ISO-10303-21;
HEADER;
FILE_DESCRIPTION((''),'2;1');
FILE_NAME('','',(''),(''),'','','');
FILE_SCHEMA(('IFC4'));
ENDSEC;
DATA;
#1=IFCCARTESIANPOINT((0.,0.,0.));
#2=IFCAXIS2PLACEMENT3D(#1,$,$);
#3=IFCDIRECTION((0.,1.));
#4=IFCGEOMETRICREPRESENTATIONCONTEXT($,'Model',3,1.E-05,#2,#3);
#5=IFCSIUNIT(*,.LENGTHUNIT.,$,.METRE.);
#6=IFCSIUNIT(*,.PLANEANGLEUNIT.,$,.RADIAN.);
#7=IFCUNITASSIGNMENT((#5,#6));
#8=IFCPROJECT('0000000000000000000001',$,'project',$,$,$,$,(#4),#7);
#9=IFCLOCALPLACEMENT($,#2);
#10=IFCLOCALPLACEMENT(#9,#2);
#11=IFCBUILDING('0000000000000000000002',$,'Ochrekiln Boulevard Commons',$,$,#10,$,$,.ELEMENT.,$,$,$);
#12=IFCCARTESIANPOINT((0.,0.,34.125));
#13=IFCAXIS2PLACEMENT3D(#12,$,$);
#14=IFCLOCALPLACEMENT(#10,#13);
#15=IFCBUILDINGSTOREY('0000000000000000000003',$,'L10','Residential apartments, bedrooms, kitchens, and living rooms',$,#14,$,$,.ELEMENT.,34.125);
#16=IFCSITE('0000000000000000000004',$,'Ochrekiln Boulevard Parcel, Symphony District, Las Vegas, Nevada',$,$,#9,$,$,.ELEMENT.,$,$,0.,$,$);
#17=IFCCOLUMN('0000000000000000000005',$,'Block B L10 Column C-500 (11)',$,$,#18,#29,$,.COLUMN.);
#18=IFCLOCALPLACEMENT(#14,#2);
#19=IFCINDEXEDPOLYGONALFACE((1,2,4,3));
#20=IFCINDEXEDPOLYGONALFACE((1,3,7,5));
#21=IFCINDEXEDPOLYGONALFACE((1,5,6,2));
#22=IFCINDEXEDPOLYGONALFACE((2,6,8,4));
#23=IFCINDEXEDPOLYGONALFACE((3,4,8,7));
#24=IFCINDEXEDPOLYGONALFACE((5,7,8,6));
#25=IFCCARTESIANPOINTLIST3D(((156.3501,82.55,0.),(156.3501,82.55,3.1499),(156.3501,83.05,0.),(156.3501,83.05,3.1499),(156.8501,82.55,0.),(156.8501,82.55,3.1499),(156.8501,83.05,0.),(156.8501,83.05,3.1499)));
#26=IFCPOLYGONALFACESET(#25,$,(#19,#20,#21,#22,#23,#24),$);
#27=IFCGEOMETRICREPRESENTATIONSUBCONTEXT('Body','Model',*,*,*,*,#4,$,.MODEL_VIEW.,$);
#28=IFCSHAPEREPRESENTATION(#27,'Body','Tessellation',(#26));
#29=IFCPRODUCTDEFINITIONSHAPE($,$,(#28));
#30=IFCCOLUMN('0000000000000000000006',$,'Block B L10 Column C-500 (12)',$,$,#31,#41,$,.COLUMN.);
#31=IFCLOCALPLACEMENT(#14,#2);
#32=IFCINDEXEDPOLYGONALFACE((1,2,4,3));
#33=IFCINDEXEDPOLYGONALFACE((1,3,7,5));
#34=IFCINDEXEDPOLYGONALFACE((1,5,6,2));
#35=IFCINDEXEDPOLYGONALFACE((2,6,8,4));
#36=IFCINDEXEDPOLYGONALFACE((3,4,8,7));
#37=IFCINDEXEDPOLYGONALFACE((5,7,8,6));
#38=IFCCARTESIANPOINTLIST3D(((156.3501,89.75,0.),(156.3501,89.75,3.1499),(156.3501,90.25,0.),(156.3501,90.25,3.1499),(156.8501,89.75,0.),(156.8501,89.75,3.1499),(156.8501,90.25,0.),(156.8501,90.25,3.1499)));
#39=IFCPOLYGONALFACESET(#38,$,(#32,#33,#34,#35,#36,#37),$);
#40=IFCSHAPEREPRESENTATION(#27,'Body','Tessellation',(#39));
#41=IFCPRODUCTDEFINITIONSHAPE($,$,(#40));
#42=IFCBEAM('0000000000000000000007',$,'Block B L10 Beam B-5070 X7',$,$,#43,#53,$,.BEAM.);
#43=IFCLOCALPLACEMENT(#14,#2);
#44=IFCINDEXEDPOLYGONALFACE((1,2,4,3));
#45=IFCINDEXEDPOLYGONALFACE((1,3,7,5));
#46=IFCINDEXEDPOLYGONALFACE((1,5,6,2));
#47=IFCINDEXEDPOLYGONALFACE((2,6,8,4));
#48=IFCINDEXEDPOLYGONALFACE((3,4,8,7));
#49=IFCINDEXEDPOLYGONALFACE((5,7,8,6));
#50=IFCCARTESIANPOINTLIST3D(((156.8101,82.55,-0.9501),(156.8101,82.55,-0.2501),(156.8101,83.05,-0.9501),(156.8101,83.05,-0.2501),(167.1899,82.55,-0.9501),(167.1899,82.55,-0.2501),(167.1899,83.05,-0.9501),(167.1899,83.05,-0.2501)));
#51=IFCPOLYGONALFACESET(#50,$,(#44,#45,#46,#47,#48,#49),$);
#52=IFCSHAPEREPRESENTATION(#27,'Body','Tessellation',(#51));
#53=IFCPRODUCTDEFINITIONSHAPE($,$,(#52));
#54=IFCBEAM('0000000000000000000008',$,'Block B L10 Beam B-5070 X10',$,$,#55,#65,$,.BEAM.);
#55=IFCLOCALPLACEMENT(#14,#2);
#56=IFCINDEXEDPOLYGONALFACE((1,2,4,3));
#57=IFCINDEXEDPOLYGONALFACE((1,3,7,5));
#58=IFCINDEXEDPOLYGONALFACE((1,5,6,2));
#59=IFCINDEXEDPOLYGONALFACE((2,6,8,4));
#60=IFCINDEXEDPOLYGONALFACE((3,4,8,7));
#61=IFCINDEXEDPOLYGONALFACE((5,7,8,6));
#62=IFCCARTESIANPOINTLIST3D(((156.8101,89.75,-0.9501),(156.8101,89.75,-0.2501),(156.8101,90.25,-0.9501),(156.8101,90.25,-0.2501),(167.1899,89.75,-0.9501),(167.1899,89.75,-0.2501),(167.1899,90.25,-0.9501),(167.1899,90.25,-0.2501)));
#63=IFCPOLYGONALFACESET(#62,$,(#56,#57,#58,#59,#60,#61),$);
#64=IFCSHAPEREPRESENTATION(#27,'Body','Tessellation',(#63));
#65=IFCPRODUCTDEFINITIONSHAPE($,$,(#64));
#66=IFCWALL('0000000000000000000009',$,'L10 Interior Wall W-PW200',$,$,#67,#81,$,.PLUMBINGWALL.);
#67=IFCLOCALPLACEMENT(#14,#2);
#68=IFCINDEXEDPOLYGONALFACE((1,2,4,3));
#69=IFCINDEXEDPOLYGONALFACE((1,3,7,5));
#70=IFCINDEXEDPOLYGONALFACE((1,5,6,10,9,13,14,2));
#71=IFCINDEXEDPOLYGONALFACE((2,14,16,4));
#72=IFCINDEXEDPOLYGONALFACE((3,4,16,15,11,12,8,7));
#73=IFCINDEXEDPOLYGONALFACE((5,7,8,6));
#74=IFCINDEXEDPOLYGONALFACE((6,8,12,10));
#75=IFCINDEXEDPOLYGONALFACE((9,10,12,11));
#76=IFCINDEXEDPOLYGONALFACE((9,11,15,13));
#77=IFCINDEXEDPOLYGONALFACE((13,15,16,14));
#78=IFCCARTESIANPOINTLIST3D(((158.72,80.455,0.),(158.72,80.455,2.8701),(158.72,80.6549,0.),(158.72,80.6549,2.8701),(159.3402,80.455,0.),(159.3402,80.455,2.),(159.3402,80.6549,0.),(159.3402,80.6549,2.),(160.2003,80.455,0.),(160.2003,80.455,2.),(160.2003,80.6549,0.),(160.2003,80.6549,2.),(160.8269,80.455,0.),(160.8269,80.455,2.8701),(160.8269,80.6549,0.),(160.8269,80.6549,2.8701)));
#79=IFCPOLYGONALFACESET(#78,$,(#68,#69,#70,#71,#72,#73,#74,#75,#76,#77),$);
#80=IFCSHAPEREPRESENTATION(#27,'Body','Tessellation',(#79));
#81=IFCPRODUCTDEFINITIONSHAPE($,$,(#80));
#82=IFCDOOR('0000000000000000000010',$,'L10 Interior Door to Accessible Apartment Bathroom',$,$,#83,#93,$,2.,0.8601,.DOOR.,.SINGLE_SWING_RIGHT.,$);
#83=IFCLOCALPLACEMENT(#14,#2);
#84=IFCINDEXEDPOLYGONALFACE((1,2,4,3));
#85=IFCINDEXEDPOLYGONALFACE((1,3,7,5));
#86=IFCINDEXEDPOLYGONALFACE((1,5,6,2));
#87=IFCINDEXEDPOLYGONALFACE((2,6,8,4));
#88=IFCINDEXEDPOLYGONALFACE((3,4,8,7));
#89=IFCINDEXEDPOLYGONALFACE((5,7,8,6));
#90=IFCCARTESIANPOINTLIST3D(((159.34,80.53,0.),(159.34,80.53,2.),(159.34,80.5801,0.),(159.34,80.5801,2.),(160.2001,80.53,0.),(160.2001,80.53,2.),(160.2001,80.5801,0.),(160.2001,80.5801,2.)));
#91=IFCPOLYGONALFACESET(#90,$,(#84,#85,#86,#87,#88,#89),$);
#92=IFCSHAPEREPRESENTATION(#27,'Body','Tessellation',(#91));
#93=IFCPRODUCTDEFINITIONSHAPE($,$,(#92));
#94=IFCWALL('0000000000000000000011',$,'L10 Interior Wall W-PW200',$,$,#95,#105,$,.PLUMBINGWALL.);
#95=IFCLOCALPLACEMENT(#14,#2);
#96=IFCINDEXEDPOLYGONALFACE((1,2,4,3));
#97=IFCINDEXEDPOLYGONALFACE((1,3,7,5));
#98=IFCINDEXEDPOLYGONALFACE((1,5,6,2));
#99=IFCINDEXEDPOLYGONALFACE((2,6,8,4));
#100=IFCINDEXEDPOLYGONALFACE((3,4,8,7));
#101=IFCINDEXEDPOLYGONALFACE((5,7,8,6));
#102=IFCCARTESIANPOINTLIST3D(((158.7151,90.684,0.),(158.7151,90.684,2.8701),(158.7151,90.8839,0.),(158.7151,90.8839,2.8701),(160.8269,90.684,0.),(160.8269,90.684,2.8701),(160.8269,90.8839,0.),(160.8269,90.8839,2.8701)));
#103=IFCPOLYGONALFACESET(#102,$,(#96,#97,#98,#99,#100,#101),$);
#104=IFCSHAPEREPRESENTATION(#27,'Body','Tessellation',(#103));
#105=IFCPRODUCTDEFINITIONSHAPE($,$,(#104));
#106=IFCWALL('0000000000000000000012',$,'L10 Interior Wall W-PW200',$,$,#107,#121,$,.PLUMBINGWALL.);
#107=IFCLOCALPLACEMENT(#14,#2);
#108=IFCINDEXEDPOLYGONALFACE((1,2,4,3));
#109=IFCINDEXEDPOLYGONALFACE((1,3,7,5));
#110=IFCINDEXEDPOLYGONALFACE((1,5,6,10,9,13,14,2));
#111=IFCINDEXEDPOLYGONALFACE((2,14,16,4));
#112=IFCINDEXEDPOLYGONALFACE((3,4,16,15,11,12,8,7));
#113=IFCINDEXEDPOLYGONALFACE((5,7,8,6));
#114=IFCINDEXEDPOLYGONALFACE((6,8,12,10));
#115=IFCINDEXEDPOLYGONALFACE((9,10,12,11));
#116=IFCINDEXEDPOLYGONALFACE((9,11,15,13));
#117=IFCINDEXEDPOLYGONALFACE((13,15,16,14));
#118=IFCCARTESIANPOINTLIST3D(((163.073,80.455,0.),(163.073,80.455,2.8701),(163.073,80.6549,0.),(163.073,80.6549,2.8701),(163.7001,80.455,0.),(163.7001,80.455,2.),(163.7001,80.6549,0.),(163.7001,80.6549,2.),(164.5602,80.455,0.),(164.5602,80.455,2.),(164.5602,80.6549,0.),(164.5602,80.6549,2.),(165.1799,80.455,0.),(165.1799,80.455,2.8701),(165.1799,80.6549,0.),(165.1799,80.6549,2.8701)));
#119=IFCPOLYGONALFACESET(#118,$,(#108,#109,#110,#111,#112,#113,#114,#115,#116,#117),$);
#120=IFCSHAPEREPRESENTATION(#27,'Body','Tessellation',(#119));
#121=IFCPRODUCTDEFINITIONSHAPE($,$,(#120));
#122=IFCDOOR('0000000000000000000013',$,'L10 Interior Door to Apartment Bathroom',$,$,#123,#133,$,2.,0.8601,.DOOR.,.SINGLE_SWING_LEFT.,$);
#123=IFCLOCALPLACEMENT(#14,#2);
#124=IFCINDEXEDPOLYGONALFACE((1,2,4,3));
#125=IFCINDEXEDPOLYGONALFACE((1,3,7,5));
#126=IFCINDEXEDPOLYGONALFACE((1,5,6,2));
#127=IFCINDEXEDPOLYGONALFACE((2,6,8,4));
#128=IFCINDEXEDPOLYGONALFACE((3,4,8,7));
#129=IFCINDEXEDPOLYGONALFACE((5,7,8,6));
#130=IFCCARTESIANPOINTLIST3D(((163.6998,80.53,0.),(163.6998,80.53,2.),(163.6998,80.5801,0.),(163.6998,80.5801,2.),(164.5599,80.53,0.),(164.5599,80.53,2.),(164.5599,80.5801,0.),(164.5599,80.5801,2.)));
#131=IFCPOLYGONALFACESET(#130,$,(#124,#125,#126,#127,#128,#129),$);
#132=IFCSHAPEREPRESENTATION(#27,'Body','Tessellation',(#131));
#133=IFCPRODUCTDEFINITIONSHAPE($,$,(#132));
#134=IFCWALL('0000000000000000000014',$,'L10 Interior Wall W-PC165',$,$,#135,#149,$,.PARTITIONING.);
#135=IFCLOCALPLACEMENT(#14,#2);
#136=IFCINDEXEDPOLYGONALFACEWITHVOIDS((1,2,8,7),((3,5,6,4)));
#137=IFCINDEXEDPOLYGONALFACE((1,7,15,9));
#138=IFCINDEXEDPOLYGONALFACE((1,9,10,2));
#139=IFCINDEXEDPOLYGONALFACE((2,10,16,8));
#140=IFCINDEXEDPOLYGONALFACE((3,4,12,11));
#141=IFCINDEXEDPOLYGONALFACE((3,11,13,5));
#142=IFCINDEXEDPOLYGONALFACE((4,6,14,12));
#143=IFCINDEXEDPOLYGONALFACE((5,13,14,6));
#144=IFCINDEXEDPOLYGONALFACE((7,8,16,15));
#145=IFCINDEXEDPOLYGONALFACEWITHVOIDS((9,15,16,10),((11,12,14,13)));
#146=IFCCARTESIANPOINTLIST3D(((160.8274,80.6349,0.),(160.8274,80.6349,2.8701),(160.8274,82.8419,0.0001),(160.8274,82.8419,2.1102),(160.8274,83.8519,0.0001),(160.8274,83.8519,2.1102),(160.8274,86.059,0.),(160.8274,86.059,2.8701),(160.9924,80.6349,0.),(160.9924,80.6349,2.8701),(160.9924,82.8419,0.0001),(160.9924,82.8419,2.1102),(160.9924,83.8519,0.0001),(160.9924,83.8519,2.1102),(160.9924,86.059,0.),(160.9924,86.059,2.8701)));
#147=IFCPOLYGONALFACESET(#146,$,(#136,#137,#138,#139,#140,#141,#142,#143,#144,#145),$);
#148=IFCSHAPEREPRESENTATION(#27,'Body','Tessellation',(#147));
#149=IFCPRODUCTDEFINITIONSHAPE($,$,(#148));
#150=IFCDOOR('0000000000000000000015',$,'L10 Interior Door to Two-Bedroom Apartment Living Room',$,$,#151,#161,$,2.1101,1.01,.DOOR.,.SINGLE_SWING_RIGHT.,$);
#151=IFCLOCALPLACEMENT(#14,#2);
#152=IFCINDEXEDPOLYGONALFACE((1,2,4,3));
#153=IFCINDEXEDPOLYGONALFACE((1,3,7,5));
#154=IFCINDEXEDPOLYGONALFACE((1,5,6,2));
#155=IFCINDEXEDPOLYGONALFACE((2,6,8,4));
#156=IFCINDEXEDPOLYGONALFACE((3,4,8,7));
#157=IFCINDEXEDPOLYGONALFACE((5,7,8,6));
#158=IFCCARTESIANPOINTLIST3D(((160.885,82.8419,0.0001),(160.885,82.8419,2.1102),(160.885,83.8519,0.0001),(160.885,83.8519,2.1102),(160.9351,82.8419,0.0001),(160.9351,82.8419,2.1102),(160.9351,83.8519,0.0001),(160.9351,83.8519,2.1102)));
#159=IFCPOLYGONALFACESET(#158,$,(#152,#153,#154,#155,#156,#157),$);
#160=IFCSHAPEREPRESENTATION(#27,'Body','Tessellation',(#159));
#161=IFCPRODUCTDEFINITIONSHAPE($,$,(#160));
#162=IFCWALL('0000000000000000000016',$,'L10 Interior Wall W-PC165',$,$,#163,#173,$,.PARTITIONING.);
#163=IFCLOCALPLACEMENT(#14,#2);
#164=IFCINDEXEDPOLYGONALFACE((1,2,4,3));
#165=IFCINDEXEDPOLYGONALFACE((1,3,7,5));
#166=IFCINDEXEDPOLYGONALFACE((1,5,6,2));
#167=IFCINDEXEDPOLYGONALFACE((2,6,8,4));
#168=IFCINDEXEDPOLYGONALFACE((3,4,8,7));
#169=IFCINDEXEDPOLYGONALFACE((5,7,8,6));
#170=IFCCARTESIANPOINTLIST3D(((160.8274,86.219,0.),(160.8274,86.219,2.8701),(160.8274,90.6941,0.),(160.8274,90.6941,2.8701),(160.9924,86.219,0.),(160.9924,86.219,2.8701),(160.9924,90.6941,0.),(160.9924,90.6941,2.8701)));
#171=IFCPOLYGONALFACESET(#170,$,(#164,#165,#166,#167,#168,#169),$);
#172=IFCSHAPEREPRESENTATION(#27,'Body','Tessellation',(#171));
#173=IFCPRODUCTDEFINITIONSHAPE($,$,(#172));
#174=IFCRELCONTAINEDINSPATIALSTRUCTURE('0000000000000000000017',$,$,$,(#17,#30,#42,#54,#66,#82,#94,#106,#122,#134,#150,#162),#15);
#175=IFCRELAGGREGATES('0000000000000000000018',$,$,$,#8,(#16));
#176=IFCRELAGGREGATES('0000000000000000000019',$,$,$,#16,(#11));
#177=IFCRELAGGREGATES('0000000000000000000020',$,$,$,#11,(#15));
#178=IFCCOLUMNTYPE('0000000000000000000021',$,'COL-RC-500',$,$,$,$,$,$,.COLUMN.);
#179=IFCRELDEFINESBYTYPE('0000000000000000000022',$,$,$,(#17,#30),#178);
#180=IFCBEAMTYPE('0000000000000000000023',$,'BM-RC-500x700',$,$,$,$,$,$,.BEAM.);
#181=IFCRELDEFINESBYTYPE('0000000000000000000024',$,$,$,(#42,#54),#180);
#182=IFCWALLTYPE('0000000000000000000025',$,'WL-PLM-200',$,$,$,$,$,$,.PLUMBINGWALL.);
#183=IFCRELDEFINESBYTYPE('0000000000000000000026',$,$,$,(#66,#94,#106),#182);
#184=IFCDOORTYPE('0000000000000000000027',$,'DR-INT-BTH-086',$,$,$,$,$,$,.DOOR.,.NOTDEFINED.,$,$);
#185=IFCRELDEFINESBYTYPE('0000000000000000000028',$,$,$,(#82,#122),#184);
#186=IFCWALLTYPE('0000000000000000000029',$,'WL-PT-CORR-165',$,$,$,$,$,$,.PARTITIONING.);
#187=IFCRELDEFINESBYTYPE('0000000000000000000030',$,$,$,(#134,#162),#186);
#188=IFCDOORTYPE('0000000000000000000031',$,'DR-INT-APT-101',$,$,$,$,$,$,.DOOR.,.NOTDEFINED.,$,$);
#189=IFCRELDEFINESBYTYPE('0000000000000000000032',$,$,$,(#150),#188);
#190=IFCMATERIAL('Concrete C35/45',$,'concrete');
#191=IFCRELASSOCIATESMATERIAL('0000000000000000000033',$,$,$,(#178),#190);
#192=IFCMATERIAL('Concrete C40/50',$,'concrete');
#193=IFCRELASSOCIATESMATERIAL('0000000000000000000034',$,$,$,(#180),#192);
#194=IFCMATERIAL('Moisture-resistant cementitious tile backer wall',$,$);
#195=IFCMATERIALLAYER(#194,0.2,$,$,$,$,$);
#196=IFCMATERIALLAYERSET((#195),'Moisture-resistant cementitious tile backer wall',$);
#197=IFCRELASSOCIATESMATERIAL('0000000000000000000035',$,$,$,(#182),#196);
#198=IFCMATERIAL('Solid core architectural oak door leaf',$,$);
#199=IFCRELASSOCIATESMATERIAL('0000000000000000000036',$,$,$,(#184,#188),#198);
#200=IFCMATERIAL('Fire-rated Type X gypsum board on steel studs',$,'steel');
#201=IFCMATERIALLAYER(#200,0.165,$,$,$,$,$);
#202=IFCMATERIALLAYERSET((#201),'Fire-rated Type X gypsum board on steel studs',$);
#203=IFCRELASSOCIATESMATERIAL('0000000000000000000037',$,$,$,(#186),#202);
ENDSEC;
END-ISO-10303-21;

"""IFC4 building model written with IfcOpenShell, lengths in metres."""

from ifc_helpers import new_model, si_unit, direction, frame, frame_2d, origin, origin_2d, place, context, subcontext, project, spatial, rectangle, extrude, material, layer, layer_set, material_profile, profile_set, type_object, element, fill, save


model = new_model("IFC4")

# Units and contexts
model_context = context("Model", 3, precision=1e-05, world=origin(), true_north=direction((0.0, 1.0)))
body_context = subcontext(model_context, "Body", "Model", "MODEL_VIEW")
ifc_project = project(units=[si_unit("LENGTHUNIT", "METRE"), si_unit("PLANEANGLEUNIT", "RADIAN")], contexts=[model_context])

# Site, building, storey
site_placement = place(None, origin())
site = spatial("IfcSite", under=ifc_project, at=site_placement, Name="Ochrekiln Boulevard Parcel, Symphony District, Las Vegas, Nevada", CompositionType="ELEMENT", RefElevation=0.0)
building_placement = place(site_placement, origin())
building = spatial("IfcBuilding", under=site, at=building_placement, Name="Ochrekiln Boulevard Commons", CompositionType="ELEMENT")
storey_placement = place(building_placement, frame((0.0, 0.0, 34.125)))
storey = spatial("IfcBuildingStorey", under=building, at=storey_placement, Name="L10", Description="Residential apartments, bedrooms, kitchens, and living rooms", CompositionType="ELEMENT", Elevation=34.125)

# Columns
ifc_material_1 = material(Name="Concrete C35/45", Category="concrete")
ifc_material_profile_1 = material_profile(ifc_material_1, rectangle(XDim=0.5, YDim=0.5, at=origin_2d()), Name="RC-COL-500x500")
ifc_profile_set_1 = profile_set([ifc_material_profile_1], Name="Concrete C35/45")
column_type = type_object("IfcColumnType", Name="COL-RC-500", PredefinedType="COLUMN", material=ifc_profile_set_1)
for number, where, z_axis, x_axis, name in (
    (1, (156.6001, 82.8, 0.0), (0.0, 0.0, 1.0), (1.0, 0.0, 0.0), "Block B L10 Column C-500 (11)"),
    (2, (156.6001, 90.0, 0.0), (0.0, 0.0, 1.0), (1.0, 0.0, 0.0), "Block B L10 Column C-500 (12)"),
):
    element("IfcColumn", number, at=place(storey_placement, frame(where, z_axis=z_axis, x_axis=x_axis)), inside=storey, type_object=column_type, Name=name, PredefinedType="COLUMN", context=body_context, shape_type="SweptSolid", body=[
        extrude(rectangle(XDim=0.5, YDim=0.5, at=origin_2d()), origin(), (0.0, 0.0, 1.0), 3.1499),
    ])

# Beams
ifc_material_2 = material(Name="Concrete C40/50", Category="concrete")
ifc_material_profile_2 = material_profile(ifc_material_2, rectangle(XDim=0.5, YDim=0.7, at=origin_2d()), Name="RC-BM-500x700")
ifc_profile_set_2 = profile_set([ifc_material_profile_2], Name="Concrete C40/50")
beam_type = type_object("IfcBeamType", Name="BM-RC-500x700", PredefinedType="BEAM", material=ifc_profile_set_2)
for number, where, z_axis, x_axis, name in (
    (3, (156.8101, 82.8, -0.6001), (1.0, 0.0, 0.0), (0.0, 1.0, 0.0), "Block B L10 Beam B-5070 X7"),
    (4, (156.8101, 90.0, -0.6001), (1.0, 0.0, 0.0), (0.0, 1.0, 0.0), "Block B L10 Beam B-5070 X10"),
):
    element("IfcBeam", number, at=place(storey_placement, frame(where, z_axis=z_axis, x_axis=x_axis)), inside=storey, type_object=beam_type, Name=name, PredefinedType="BEAM", context=body_context, shape_type="SweptSolid", body=[
        extrude(rectangle(XDim=0.5, YDim=0.7, at=origin_2d()), origin(), (0.0, 0.0, 1.0), 10.3799),
    ])

# Wall, opening, door
ifc_material_3 = material(Name="Moisture-resistant cementitious tile backer wall")
ifc_layer_1 = layer(ifc_material_3, 0.2)
ifc_layer_set_1 = layer_set([ifc_layer_1], Name="Moisture-resistant cementitious tile backer wall")
wall_type_1 = type_object("IfcWallType", Name="WL-PLM-200", PredefinedType="PLUMBINGWALL", material=ifc_layer_set_1)
wall_1_placement = place(storey_placement, frame((158.72, 80.5549, 0.0), z_axis=(0.0, 0.0, 1.0), x_axis=(1.0, 0.0, 0.0)))
wall_1 = element("IfcWall", 5, at=wall_1_placement, inside=storey, type_object=wall_type_1, Name="L10 Interior Wall W-PW200", PredefinedType="PLUMBINGWALL", context=body_context, shape_type="SweptSolid", body=[
    extrude(rectangle(XDim=2.1069, YDim=0.2, at=frame_2d((1.0535, 0.0))), origin(), (0.0, 0.0, 1.0), 2.8701),
])
opening_1_placement = place(wall_1_placement, frame((0.6201, 0.0, 0.0)))
opening_1 = element("IfcOpeningElement", 6, at=opening_1_placement, cuts=wall_1, PredefinedType="OPENING", context=body_context, shape_type="SweptSolid", body=[
    extrude(rectangle(XDim=0.8601, YDim=2.0, at=frame_2d((0.4302, 1.0))), frame((0.0, 0.1099, 0.0), z_axis=(0.0, -1.0, 0.0), x_axis=(1.0, 0.0, 0.0)), (0.0, 0.0, 1.0), 0.22),
])
ifc_material_4 = material(Name="Solid core architectural oak door leaf")
door_type_1 = type_object("IfcDoorType", Name="DR-INT-BTH-086", OperationType="NOTDEFINED", PredefinedType="DOOR", material=ifc_material_4)
door_1_placement = place(opening_1_placement, frame((0.8601, 0.0, 0.0), z_axis=(0.0, 0.0, 1.0), x_axis=(-1.0, 0.0, 0.0)))
door_1 = element("IfcDoor", 7, at=door_1_placement, inside=storey, type_object=door_type_1, Name="L10 Interior Door to Accessible Apartment Bathroom", OperationType="SINGLE_SWING_RIGHT", OverallHeight=2.0, OverallWidth=0.8601, PredefinedType="DOOR", context=body_context, shape_type="SweptSolid", body=[
    extrude(rectangle(XDim=0.8601, YDim=2.0, at=frame_2d((0.4302, 1.0))), frame((0.0, 0.0249, 0.0), z_axis=(0.0, -1.0, 0.0), x_axis=(1.0, 0.0, 0.0)), (0.0, 0.0, 1.0), 0.05),
])
fill(opening_1, door_1)

# Wall
wall_2_placement = place(storey_placement, frame((158.7151, 90.7839, 0.0), z_axis=(0.0, 0.0, 1.0), x_axis=(1.0, 0.0, 0.0)))
element("IfcWall", 8, at=wall_2_placement, inside=storey, type_object=wall_type_1, Name="L10 Interior Wall W-PW200", PredefinedType="PLUMBINGWALL", context=body_context, shape_type="SweptSolid", body=[
    extrude(rectangle(XDim=2.1118, YDim=0.2, at=frame_2d((1.0559, 0.0))), origin(), (0.0, 0.0, 1.0), 2.8701),
])

# Walls, openings, doors
wall_3_placement = place(storey_placement, frame((163.073, 80.5549, 0.0), z_axis=(0.0, 0.0, 1.0), x_axis=(1.0, 0.0, 0.0)))
wall_3 = element("IfcWall", 9, at=wall_3_placement, inside=storey, type_object=wall_type_1, Name="L10 Interior Wall W-PW200", PredefinedType="PLUMBINGWALL", context=body_context, shape_type="SweptSolid", body=[
    extrude(rectangle(XDim=2.1069, YDim=0.2, at=frame_2d((1.0535, 0.0))), origin(), (0.0, 0.0, 1.0), 2.8701),
])
opening_2_placement = place(wall_3_placement, frame((0.627, 0.0, 0.0)))
opening_2 = element("IfcOpeningElement", 10, at=opening_2_placement, cuts=wall_3, PredefinedType="OPENING", context=body_context, shape_type="SweptSolid", body=[
    extrude(rectangle(XDim=0.8601, YDim=2.0, at=frame_2d((0.4302, 1.0))), frame((0.0, 0.1099, 0.0), z_axis=(0.0, -1.0, 0.0), x_axis=(1.0, 0.0, 0.0)), (0.0, 0.0, 1.0), 0.22),
])
door_2_placement = place(opening_2_placement, frame((0.8601, 0.0, 0.0), z_axis=(0.0, 0.0, 1.0), x_axis=(-1.0, 0.0, 0.0)))
door_2 = element("IfcDoor", 11, at=door_2_placement, inside=storey, type_object=door_type_1, Name="L10 Interior Door to Apartment Bathroom", OperationType="SINGLE_SWING_LEFT", OverallHeight=2.0, OverallWidth=0.8601, PredefinedType="DOOR", context=body_context, shape_type="SweptSolid", body=[
    extrude(rectangle(XDim=0.8601, YDim=2.0, at=frame_2d((0.4302, 1.0))), frame((0.0, 0.0249, 0.0), z_axis=(0.0, -1.0, 0.0), x_axis=(1.0, 0.0, 0.0)), (0.0, 0.0, 1.0), 0.05),
])
fill(opening_2, door_2)
ifc_material_5 = material(Name="Fire-rated Type X gypsum board on steel studs", Category="steel")
ifc_layer_2 = layer(ifc_material_5, 0.165)
ifc_layer_set_2 = layer_set([ifc_layer_2], Name="Fire-rated Type X gypsum board on steel studs")
wall_type_2 = type_object("IfcWallType", Name="WL-PT-CORR-165", PredefinedType="PARTITIONING", material=ifc_layer_set_2)
wall_4_placement = place(storey_placement, frame((160.9099, 80.635, 0.0), z_axis=(0.0, 0.0, 1.0), x_axis=(0.0, 1.0, 0.0)))
wall_4 = element("IfcWall", 12, at=wall_4_placement, inside=storey, type_object=wall_type_2, Name="L10 Interior Wall W-PC165", PredefinedType="PARTITIONING", context=body_context, shape_type="SweptSolid", body=[
    extrude(rectangle(XDim=5.4241, YDim=0.165, at=frame_2d((2.7119, 0.0))), origin(), (0.0, 0.0, 1.0), 2.8701),
])
opening_3_placement = place(wall_4_placement, frame((2.207, 0.0, 0.0)))
opening_3 = element("IfcOpeningElement", 13, at=opening_3_placement, cuts=wall_4, PredefinedType="OPENING", context=body_context, shape_type="SweptSolid", body=[
    extrude(rectangle(XDim=1.01, YDim=2.1101, at=frame_2d((0.5049, 1.0552))), frame((0.0, 0.0925, 0.0), z_axis=(0.0, -1.0, 0.0), x_axis=(1.0, 0.0, 0.0)), (0.0, 0.0, 1.0), 0.1851),
])
door_type_2 = type_object("IfcDoorType", Name="DR-INT-APT-101", OperationType="NOTDEFINED", PredefinedType="DOOR", material=ifc_material_4)
door_3_placement = place(opening_3_placement, origin())
door_3 = element("IfcDoor", 14, at=door_3_placement, inside=storey, type_object=door_type_2, Name="L10 Interior Door to Two-Bedroom Apartment Living Room", OperationType="SINGLE_SWING_RIGHT", OverallHeight=2.1101, OverallWidth=1.01, PredefinedType="DOOR", context=body_context, shape_type="SweptSolid", body=[
    extrude(rectangle(XDim=1.01, YDim=2.1101, at=frame_2d((0.5049, 1.0552))), frame((0.0, 0.0249, 0.0), z_axis=(0.0, -1.0, 0.0), x_axis=(1.0, 0.0, 0.0)), (0.0, 0.0, 1.0), 0.05),
])
fill(opening_3, door_3)

# Wall
wall_5_placement = place(storey_placement, frame((160.9099, 86.219, 0.0), z_axis=(0.0, 0.0, 1.0), x_axis=(0.0, 1.0, 0.0)))
element("IfcWall", 15, at=wall_5_placement, inside=storey, type_object=wall_type_2, Name="L10 Interior Wall W-PC165", PredefinedType="PARTITIONING", context=body_context, shape_type="SweptSolid", body=[
    extrude(rectangle(XDim=4.4751, YDim=0.165, at=frame_2d((2.2375, 0.0))), origin(), (0.0, 0.0, 1.0), 2.8701),
])

save(model, "model.ifc")
